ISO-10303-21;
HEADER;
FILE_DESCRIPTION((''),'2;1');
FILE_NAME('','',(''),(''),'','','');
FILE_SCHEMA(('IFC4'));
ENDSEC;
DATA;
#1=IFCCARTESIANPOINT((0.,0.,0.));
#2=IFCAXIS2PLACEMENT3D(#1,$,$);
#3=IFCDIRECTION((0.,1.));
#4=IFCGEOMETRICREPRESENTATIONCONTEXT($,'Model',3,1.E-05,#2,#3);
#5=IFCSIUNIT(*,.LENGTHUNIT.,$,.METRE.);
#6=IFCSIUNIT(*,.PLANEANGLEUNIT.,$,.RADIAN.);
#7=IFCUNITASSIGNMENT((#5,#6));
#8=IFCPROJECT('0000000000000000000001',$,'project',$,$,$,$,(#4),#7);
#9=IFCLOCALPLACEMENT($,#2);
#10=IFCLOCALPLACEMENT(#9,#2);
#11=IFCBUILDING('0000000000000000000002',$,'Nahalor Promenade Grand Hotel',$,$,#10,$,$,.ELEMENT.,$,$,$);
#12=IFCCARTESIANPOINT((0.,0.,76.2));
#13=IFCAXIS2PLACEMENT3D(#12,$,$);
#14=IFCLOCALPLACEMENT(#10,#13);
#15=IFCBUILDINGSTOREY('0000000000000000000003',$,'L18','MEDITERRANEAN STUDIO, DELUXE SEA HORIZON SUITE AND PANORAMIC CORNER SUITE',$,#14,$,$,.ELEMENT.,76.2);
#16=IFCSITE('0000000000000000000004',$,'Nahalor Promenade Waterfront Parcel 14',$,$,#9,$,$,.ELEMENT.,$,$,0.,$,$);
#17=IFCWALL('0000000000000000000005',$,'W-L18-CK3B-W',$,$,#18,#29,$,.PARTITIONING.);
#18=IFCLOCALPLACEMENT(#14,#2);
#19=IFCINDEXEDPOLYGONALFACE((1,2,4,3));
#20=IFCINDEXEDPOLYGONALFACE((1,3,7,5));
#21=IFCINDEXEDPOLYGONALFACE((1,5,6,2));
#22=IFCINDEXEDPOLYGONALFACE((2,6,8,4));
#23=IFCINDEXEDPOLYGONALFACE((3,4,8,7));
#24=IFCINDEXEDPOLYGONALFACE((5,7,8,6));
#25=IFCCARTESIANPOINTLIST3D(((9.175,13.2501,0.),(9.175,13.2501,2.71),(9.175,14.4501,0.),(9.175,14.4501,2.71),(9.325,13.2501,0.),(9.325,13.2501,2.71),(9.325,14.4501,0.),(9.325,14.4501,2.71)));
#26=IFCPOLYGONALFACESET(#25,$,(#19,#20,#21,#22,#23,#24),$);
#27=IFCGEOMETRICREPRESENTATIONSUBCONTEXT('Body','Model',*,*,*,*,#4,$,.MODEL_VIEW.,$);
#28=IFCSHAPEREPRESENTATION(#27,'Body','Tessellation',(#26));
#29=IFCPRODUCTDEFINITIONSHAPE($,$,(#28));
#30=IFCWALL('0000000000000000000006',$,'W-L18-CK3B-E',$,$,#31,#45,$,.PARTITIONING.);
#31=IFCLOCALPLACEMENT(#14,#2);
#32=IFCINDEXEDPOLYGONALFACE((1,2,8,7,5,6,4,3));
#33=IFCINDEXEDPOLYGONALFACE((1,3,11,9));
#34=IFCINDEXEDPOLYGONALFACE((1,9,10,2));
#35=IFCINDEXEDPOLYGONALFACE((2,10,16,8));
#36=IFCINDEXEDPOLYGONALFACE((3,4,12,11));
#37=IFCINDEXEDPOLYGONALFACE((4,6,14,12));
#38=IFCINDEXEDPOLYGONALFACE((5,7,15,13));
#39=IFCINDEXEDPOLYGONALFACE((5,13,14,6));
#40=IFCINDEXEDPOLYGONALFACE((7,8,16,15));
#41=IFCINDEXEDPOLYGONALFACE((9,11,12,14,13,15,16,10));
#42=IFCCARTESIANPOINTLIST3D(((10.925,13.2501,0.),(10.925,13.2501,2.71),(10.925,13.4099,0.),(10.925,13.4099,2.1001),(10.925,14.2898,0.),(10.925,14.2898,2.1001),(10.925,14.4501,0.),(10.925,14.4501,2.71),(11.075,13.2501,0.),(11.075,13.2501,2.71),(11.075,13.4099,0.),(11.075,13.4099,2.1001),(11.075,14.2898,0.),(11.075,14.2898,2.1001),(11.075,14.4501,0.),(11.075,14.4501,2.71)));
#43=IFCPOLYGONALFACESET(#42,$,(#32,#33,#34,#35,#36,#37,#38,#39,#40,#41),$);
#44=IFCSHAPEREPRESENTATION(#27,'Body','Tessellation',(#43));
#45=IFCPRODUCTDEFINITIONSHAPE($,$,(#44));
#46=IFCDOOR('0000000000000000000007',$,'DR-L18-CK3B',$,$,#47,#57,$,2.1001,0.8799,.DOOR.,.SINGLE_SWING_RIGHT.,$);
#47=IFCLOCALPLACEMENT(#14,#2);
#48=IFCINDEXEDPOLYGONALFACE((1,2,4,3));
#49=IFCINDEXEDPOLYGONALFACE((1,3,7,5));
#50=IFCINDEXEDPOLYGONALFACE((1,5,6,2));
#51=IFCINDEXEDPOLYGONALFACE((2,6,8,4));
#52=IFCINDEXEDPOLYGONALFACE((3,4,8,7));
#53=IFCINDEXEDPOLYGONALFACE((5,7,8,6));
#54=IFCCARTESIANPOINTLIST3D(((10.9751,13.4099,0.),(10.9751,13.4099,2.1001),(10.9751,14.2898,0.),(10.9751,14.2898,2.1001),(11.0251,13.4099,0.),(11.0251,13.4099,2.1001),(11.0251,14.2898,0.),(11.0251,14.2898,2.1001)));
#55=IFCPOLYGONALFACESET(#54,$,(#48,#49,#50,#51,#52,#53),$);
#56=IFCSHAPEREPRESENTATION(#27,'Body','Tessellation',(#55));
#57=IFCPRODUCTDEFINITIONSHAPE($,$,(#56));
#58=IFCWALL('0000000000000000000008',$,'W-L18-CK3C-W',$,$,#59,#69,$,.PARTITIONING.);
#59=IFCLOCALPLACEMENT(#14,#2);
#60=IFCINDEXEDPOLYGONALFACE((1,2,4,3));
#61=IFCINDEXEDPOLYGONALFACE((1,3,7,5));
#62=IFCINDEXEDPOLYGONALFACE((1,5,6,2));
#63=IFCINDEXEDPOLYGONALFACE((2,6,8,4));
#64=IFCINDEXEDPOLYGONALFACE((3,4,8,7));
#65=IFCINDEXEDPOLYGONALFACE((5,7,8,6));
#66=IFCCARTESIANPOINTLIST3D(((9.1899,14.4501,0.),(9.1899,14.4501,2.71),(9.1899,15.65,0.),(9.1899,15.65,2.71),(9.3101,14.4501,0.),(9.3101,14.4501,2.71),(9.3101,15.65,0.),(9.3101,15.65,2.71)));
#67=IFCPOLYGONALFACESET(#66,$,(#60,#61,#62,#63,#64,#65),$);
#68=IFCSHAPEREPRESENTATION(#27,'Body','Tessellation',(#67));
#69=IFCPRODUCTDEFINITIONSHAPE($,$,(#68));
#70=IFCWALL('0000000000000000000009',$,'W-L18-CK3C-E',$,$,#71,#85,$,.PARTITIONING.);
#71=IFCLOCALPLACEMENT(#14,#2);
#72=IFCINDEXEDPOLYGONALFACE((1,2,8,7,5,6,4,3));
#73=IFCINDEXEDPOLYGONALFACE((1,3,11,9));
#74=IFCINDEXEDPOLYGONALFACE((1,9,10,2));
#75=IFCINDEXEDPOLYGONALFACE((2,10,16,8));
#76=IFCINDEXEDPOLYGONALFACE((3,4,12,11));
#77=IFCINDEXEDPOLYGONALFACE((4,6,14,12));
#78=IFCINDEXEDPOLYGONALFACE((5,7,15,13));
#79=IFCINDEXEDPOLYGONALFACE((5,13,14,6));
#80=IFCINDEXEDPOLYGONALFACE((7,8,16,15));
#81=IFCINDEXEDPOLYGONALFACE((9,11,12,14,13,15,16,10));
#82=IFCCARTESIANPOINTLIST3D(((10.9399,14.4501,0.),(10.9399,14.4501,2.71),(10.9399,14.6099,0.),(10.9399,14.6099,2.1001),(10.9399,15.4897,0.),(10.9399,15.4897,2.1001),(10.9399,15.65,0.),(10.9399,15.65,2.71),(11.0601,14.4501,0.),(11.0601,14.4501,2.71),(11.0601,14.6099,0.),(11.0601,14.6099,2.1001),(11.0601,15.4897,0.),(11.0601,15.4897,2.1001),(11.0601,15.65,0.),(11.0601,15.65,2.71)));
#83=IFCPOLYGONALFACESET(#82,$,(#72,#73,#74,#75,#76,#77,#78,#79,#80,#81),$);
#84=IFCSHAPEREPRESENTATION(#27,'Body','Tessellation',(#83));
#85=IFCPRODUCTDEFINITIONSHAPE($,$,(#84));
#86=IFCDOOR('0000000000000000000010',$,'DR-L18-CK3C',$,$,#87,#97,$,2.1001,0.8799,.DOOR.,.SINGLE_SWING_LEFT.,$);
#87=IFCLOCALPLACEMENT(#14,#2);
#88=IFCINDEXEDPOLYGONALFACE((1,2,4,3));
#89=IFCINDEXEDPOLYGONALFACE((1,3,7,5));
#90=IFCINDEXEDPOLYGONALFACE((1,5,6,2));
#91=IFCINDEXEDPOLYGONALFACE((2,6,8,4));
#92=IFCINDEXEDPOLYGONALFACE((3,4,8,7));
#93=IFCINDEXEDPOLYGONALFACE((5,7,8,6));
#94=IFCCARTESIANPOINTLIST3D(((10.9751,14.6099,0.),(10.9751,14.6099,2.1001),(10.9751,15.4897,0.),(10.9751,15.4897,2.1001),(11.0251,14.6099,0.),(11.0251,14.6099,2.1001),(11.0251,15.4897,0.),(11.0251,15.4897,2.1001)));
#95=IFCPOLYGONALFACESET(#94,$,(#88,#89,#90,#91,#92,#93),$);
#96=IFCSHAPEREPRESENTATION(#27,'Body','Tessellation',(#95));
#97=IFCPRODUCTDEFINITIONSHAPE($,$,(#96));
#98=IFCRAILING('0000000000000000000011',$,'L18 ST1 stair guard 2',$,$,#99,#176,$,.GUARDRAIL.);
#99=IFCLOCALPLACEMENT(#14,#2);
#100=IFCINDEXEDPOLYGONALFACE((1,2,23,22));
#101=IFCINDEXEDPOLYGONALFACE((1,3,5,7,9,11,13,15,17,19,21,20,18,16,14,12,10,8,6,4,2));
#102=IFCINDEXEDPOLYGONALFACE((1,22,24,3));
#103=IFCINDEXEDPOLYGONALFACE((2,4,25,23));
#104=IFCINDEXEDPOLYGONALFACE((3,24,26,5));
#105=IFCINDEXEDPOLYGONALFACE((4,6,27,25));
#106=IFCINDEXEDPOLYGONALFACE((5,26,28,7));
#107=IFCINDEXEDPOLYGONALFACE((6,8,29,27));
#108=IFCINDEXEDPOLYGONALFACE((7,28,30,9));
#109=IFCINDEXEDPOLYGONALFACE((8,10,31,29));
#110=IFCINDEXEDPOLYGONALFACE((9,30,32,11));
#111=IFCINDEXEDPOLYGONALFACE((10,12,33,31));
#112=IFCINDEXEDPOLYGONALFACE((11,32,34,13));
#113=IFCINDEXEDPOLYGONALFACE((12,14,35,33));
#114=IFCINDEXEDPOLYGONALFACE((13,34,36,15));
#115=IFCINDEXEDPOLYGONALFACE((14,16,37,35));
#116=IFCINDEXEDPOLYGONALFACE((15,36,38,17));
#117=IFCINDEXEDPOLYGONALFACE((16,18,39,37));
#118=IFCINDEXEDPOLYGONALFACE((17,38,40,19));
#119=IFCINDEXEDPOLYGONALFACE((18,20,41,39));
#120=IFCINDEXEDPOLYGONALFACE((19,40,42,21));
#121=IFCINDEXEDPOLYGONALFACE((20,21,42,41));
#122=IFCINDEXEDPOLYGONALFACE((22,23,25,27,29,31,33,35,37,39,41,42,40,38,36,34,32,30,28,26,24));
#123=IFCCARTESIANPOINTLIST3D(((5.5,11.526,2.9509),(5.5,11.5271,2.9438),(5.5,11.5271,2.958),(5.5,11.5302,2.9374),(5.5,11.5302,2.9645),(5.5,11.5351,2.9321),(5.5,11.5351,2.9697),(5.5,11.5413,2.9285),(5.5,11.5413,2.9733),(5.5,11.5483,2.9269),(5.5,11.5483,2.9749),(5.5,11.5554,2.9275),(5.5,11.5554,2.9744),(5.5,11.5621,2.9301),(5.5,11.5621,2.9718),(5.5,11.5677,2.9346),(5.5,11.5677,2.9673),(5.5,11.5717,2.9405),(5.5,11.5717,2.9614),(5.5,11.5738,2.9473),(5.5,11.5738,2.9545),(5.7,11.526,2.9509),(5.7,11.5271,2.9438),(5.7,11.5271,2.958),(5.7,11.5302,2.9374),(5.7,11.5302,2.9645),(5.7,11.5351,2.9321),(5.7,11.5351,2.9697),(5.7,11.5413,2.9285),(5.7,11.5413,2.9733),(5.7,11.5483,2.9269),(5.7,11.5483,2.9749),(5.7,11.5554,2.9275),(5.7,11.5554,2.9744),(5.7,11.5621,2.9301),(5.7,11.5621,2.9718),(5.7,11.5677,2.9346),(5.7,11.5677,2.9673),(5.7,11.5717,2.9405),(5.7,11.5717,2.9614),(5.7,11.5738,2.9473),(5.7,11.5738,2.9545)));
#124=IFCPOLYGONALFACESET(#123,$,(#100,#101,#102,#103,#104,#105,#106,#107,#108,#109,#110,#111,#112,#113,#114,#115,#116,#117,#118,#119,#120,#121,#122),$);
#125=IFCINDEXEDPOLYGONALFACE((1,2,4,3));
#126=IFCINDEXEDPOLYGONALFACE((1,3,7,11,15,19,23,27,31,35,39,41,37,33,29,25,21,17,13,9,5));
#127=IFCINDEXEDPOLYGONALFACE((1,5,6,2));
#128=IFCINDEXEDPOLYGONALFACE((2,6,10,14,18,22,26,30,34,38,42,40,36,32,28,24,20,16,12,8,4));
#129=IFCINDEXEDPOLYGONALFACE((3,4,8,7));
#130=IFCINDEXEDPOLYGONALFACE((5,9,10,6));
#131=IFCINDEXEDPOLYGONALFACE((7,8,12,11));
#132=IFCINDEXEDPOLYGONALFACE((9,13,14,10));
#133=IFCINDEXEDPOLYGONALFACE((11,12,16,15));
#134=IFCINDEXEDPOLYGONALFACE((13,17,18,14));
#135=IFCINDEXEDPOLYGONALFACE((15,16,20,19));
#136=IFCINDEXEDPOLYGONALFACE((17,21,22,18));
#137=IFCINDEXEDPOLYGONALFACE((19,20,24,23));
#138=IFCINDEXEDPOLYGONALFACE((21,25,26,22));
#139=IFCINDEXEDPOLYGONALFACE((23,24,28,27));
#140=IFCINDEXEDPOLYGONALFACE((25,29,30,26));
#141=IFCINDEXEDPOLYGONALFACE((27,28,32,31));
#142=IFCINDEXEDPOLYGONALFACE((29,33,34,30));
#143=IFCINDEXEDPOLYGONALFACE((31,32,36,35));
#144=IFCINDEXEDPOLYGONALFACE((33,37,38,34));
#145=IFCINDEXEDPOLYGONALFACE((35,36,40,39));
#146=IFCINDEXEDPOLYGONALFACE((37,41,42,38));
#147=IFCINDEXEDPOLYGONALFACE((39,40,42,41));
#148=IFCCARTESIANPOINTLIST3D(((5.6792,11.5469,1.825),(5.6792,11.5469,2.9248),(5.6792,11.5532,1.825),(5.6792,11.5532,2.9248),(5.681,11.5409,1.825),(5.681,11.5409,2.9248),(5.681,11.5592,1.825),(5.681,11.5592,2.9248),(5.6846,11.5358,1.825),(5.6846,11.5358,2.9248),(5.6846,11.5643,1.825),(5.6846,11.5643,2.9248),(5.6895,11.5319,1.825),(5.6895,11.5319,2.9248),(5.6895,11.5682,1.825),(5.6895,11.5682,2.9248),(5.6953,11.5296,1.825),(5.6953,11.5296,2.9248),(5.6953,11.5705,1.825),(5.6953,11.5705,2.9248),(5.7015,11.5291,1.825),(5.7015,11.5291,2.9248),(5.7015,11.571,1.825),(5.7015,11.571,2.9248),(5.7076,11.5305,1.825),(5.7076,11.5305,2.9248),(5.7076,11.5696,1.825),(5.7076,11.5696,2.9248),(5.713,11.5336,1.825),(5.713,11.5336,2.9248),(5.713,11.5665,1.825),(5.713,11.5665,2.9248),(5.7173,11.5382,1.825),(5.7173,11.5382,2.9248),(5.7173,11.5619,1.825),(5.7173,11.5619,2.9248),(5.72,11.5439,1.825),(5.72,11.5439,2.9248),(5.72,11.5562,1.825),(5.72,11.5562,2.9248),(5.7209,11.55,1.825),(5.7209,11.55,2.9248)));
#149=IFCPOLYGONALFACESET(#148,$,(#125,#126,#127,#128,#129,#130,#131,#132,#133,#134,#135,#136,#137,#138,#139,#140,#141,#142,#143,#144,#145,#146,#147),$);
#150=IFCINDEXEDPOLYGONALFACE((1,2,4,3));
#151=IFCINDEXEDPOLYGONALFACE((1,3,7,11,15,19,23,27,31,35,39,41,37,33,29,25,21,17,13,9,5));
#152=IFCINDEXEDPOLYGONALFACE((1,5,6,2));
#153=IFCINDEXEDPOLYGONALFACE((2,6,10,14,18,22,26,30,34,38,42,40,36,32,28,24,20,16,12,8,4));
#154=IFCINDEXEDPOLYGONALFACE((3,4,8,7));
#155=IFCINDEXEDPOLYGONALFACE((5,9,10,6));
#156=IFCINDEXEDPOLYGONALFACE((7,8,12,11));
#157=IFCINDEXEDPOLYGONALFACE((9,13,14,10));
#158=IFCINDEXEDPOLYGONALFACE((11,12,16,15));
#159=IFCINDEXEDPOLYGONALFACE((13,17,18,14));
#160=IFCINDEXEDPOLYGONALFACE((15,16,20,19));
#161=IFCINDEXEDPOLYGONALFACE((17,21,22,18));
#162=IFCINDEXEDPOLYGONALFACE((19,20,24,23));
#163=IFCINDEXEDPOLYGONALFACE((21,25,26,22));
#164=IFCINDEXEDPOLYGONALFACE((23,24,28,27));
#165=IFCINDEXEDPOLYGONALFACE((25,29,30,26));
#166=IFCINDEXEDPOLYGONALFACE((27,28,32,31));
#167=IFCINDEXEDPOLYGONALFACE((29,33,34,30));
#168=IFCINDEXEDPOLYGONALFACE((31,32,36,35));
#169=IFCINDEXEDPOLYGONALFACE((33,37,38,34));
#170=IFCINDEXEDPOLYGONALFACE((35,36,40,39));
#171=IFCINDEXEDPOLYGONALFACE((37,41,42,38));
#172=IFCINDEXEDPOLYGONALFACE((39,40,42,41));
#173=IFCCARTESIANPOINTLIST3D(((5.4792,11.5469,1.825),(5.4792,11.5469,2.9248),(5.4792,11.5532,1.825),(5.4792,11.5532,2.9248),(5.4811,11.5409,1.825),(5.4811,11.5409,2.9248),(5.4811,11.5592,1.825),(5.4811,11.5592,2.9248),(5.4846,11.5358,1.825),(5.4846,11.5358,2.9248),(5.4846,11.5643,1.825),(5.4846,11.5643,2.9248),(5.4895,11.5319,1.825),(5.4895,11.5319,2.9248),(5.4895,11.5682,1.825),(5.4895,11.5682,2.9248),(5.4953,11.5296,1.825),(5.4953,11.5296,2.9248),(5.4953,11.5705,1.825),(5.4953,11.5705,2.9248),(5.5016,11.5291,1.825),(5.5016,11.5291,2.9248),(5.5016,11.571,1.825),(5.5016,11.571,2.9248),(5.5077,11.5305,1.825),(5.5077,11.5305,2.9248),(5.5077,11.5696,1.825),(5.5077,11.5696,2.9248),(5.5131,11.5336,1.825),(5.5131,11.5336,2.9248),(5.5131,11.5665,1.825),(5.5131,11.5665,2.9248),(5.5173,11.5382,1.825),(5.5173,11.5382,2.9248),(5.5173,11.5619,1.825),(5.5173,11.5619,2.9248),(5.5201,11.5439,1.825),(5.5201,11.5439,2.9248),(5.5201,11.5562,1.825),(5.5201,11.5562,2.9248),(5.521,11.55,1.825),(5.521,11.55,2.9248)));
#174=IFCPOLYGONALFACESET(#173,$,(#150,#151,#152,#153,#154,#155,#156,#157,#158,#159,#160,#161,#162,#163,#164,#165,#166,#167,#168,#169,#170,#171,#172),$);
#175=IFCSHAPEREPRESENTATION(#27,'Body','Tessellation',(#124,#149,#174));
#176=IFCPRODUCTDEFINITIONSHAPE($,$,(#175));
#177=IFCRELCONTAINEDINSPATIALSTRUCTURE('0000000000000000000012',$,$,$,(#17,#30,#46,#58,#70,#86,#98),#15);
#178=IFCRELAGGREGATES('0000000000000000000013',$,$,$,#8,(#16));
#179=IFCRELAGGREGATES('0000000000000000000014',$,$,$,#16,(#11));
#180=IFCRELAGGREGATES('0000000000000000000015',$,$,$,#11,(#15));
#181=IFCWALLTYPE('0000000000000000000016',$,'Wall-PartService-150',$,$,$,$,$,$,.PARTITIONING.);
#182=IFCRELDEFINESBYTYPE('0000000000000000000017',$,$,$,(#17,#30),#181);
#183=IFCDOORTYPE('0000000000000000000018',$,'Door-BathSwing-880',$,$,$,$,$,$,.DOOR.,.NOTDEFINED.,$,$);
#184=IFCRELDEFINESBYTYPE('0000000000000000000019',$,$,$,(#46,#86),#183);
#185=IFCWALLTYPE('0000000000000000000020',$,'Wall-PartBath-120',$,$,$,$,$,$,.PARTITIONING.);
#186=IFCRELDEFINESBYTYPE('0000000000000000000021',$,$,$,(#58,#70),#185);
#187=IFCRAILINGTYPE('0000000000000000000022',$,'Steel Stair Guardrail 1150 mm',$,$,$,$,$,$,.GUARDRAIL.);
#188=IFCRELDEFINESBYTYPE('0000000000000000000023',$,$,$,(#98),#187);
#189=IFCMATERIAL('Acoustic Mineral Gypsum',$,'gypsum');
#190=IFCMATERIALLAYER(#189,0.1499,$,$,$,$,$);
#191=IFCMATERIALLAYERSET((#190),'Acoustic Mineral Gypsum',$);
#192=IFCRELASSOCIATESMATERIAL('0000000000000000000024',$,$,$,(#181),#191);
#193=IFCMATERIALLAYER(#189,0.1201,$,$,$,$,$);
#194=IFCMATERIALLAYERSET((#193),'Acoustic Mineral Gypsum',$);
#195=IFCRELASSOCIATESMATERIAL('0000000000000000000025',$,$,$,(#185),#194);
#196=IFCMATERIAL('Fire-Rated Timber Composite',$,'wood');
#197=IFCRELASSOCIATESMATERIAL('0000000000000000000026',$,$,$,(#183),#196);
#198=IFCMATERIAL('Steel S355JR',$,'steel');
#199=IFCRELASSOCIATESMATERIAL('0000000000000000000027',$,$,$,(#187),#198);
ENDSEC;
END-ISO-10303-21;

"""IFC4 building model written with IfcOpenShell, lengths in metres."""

from ifc_helpers import new_model, si_unit, direction, frame, frame_2d, origin, origin_2d, place, context, subcontext, project, spatial, rectangle, circle, extrude, source, transform, mapped, material, layer, layer_set, type_object, element, fill, save


model = new_model("IFC4")

# Units and contexts
model_context = context("Model", 3, precision=1e-05, world=origin(), true_north=direction((0.0, 1.0)))
body_context = subcontext(model_context, "Body", "Model", "MODEL_VIEW")
ifc_project = project(units=[si_unit("LENGTHUNIT", "METRE"), si_unit("PLANEANGLEUNIT", "RADIAN")], contexts=[model_context])

# Site, building, storey
site_placement = place(None, origin())
site = spatial("IfcSite", under=ifc_project, at=site_placement, Name="Nahalor Promenade Waterfront Parcel 14", CompositionType="ELEMENT", RefElevation=0.0)
building_placement = place(site_placement, origin())
building = spatial("IfcBuilding", under=site, at=building_placement, Name="Nahalor Promenade Grand Hotel", CompositionType="ELEMENT")
storey_placement = place(building_placement, frame((0.0, 0.0, 76.2)))
storey = spatial("IfcBuildingStorey", under=building, at=storey_placement, Name="L18", Description="MEDITERRANEAN STUDIO, DELUXE SEA HORIZON SUITE AND PANORAMIC CORNER SUITE", CompositionType="ELEMENT", Elevation=76.2)

# Shared definitions
ifc_material_1 = material(Name="Steel S355JR", Category="steel")

# Shared definitions
ifc_material_2 = material(Name="Acoustic Mineral Gypsum", Category="gypsum")
ifc_layer_1 = layer(ifc_material_2, 0.1499)
ifc_layer_set_1 = layer_set([ifc_layer_1], Name="Acoustic Mineral Gypsum")
wall_type_1 = type_object("IfcWallType", Name="Wall-PartService-150", PredefinedType="PARTITIONING", material=ifc_layer_set_1)
ifc_layer_2 = layer(ifc_material_2, 0.1201)
ifc_layer_set_2 = layer_set([ifc_layer_2], Name="Acoustic Mineral Gypsum")
wall_type_2 = type_object("IfcWallType", Name="Wall-PartBath-120", PredefinedType="PARTITIONING", material=ifc_layer_set_2)
shared_shape_1 = source(origin(), body_context, "Body", "SweptSolid", [
    extrude(rectangle(XDim=1.2, YDim=0.1499, at=frame_2d((0.6001, 0.0))), origin(), (0.0, 0.0, 1.0), 2.71),
])

# Shared definitions
ifc_material_3 = material(Name="Fire-Rated Timber Composite", Category="wood")
door_type = type_object("IfcDoorType", Name="Door-BathSwing-880", OperationType="NOTDEFINED", PredefinedType="DOOR", material=ifc_material_3)
shared_shape_2 = source(origin(), body_context, "Body", "SweptSolid", [
    extrude(rectangle(XDim=0.8799, YDim=2.1001, at=frame_2d((0.4399, 1.05))), frame((0.0, 0.0249, 0.0), z_axis=(0.0, -1.0, 0.0), x_axis=(1.0, 0.0, 0.0)), (0.0, 0.0, 1.0), 0.05),
])

# Wall
wall_1_placement = place(storey_placement, frame((9.25, 13.25, 0.0), z_axis=(0.0, 0.0, 1.0), x_axis=(0.0, 1.0, 0.0)))
element("IfcWall", 1, at=wall_1_placement, inside=storey, type_object=wall_type_1, Name="W-L18-CK3B-W", PredefinedType="PARTITIONING", context=body_context, shape_type="MappedRepresentation", body=[
    mapped(shared_shape_1, transform((0.0, 0.0, 0.0), scale=1.0)),
])

# Wall, opening, door
wall_2_placement = place(storey_placement, frame((11.0, 13.25, 0.0), z_axis=(0.0, 0.0, 1.0), x_axis=(0.0, 1.0, 0.0)))
wall_2 = element("IfcWall", 2, at=wall_2_placement, inside=storey, type_object=wall_type_1, Name="W-L18-CK3B-E", PredefinedType="PARTITIONING", context=body_context, shape_type="MappedRepresentation", body=[
    mapped(shared_shape_1, transform((0.0, 0.0, 0.0), scale=1.0)),
])
opening_1_placement = place(wall_2_placement, frame((0.1599, 0.0, 0.0)))
opening_1 = element("IfcOpeningElement", 3, at=opening_1_placement, cuts=wall_2, PredefinedType="OPENING", context=body_context, shape_type="SweptSolid", body=[
    extrude(rectangle(XDim=0.8799, YDim=2.1001, at=frame_2d((0.4399, 1.05))), frame((0.0, 0.085, 0.0), z_axis=(0.0, -1.0, 0.0), x_axis=(1.0, 0.0, 0.0)), (0.0, 0.0, 1.0), 0.1699),
])
door_1_placement = place(opening_1_placement, origin())
door_1 = element("IfcDoor", 4, at=door_1_placement, inside=storey, type_object=door_type, Name="DR-L18-CK3B", OperationType="SINGLE_SWING_RIGHT", OverallHeight=2.1001, OverallWidth=0.8799, PredefinedType="DOOR", context=body_context, shape_type="MappedRepresentation", body=[
    mapped(shared_shape_2, transform((0.0, 0.0, 0.0), scale=1.0)),
])
fill(opening_1, door_1)

# Wall
shared_shape_3 = source(origin(), body_context, "Body", "SweptSolid", [
    extrude(rectangle(XDim=1.2, YDim=0.1201, at=frame_2d((0.6001, 0.0))), origin(), (0.0, 0.0, 1.0), 2.71),
])
wall_3_placement = place(storey_placement, frame((9.25, 14.45, 0.0), z_axis=(0.0, 0.0, 1.0), x_axis=(0.0, 1.0, 0.0)))
element("IfcWall", 5, at=wall_3_placement, inside=storey, type_object=wall_type_2, Name="W-L18-CK3C-W", PredefinedType="PARTITIONING", context=body_context, shape_type="MappedRepresentation", body=[
    mapped(shared_shape_3, transform((0.0, 0.0, 0.0), scale=1.0)),
])

# Wall, opening, door
wall_4_placement = place(storey_placement, frame((11.0, 14.45, 0.0), z_axis=(0.0, 0.0, 1.0), x_axis=(0.0, 1.0, 0.0)))
wall_4 = element("IfcWall", 6, at=wall_4_placement, inside=storey, type_object=wall_type_2, Name="W-L18-CK3C-E", PredefinedType="PARTITIONING", context=body_context, shape_type="MappedRepresentation", body=[
    mapped(shared_shape_3, transform((0.0, 0.0, 0.0), scale=1.0)),
])
opening_2_placement = place(wall_4_placement, frame((0.1599, 0.0, 0.0)))
opening_2 = element("IfcOpeningElement", 7, at=opening_2_placement, cuts=wall_4, PredefinedType="OPENING", context=body_context, shape_type="SweptSolid", body=[
    extrude(rectangle(XDim=0.8799, YDim=2.1001, at=frame_2d((0.4399, 1.05))), frame((0.0, 0.0701, 0.0), z_axis=(0.0, -1.0, 0.0), x_axis=(1.0, 0.0, 0.0)), (0.0, 0.0, 1.0), 0.1401),
])
door_2_placement = place(opening_2_placement, origin())
door_2 = element("IfcDoor", 8, at=door_2_placement, inside=storey, type_object=door_type, Name="DR-L18-CK3C", OperationType="SINGLE_SWING_LEFT", OverallHeight=2.1001, OverallWidth=0.8799, PredefinedType="DOOR", context=body_context, shape_type="MappedRepresentation", body=[
    mapped(shared_shape_2, transform((0.0, 0.0, 0.0), scale=1.0)),
])
fill(opening_2, door_2)

# Railing
railing_type = type_object("IfcRailingType", Name="Steel Stair Guardrail 1150 mm", PredefinedType="GUARDRAIL", material=ifc_material_1)
railing_placement = place(storey_placement, frame((5.7, 11.55, 1.825)))
element("IfcRailing", 9, at=railing_placement, inside=storey, type_object=railing_type, Name="L18 ST1 stair guard 2", PredefinedType="GUARDRAIL", context=body_context, shape_type="SweptSolid", body=[
    extrude(circle(Radius=0.024, at=origin_2d()), frame((0.0, 0.0, 1.126), z_axis=(-1.0, 0.0, 0.0), x_axis=(0.0, -1.0, 0.0)), (0.0, 0.0, 1.0), 0.2),
    extrude(circle(Radius=0.021, at=origin_2d()), origin(), (0.0, 0.0, 1.0), 1.0999),
    extrude(circle(Radius=0.021, at=origin_2d()), frame((-0.2, 0.0, 0.0)), (0.0, 0.0, 1.0), 1.0999),
])

save(model, "model.ifc")
